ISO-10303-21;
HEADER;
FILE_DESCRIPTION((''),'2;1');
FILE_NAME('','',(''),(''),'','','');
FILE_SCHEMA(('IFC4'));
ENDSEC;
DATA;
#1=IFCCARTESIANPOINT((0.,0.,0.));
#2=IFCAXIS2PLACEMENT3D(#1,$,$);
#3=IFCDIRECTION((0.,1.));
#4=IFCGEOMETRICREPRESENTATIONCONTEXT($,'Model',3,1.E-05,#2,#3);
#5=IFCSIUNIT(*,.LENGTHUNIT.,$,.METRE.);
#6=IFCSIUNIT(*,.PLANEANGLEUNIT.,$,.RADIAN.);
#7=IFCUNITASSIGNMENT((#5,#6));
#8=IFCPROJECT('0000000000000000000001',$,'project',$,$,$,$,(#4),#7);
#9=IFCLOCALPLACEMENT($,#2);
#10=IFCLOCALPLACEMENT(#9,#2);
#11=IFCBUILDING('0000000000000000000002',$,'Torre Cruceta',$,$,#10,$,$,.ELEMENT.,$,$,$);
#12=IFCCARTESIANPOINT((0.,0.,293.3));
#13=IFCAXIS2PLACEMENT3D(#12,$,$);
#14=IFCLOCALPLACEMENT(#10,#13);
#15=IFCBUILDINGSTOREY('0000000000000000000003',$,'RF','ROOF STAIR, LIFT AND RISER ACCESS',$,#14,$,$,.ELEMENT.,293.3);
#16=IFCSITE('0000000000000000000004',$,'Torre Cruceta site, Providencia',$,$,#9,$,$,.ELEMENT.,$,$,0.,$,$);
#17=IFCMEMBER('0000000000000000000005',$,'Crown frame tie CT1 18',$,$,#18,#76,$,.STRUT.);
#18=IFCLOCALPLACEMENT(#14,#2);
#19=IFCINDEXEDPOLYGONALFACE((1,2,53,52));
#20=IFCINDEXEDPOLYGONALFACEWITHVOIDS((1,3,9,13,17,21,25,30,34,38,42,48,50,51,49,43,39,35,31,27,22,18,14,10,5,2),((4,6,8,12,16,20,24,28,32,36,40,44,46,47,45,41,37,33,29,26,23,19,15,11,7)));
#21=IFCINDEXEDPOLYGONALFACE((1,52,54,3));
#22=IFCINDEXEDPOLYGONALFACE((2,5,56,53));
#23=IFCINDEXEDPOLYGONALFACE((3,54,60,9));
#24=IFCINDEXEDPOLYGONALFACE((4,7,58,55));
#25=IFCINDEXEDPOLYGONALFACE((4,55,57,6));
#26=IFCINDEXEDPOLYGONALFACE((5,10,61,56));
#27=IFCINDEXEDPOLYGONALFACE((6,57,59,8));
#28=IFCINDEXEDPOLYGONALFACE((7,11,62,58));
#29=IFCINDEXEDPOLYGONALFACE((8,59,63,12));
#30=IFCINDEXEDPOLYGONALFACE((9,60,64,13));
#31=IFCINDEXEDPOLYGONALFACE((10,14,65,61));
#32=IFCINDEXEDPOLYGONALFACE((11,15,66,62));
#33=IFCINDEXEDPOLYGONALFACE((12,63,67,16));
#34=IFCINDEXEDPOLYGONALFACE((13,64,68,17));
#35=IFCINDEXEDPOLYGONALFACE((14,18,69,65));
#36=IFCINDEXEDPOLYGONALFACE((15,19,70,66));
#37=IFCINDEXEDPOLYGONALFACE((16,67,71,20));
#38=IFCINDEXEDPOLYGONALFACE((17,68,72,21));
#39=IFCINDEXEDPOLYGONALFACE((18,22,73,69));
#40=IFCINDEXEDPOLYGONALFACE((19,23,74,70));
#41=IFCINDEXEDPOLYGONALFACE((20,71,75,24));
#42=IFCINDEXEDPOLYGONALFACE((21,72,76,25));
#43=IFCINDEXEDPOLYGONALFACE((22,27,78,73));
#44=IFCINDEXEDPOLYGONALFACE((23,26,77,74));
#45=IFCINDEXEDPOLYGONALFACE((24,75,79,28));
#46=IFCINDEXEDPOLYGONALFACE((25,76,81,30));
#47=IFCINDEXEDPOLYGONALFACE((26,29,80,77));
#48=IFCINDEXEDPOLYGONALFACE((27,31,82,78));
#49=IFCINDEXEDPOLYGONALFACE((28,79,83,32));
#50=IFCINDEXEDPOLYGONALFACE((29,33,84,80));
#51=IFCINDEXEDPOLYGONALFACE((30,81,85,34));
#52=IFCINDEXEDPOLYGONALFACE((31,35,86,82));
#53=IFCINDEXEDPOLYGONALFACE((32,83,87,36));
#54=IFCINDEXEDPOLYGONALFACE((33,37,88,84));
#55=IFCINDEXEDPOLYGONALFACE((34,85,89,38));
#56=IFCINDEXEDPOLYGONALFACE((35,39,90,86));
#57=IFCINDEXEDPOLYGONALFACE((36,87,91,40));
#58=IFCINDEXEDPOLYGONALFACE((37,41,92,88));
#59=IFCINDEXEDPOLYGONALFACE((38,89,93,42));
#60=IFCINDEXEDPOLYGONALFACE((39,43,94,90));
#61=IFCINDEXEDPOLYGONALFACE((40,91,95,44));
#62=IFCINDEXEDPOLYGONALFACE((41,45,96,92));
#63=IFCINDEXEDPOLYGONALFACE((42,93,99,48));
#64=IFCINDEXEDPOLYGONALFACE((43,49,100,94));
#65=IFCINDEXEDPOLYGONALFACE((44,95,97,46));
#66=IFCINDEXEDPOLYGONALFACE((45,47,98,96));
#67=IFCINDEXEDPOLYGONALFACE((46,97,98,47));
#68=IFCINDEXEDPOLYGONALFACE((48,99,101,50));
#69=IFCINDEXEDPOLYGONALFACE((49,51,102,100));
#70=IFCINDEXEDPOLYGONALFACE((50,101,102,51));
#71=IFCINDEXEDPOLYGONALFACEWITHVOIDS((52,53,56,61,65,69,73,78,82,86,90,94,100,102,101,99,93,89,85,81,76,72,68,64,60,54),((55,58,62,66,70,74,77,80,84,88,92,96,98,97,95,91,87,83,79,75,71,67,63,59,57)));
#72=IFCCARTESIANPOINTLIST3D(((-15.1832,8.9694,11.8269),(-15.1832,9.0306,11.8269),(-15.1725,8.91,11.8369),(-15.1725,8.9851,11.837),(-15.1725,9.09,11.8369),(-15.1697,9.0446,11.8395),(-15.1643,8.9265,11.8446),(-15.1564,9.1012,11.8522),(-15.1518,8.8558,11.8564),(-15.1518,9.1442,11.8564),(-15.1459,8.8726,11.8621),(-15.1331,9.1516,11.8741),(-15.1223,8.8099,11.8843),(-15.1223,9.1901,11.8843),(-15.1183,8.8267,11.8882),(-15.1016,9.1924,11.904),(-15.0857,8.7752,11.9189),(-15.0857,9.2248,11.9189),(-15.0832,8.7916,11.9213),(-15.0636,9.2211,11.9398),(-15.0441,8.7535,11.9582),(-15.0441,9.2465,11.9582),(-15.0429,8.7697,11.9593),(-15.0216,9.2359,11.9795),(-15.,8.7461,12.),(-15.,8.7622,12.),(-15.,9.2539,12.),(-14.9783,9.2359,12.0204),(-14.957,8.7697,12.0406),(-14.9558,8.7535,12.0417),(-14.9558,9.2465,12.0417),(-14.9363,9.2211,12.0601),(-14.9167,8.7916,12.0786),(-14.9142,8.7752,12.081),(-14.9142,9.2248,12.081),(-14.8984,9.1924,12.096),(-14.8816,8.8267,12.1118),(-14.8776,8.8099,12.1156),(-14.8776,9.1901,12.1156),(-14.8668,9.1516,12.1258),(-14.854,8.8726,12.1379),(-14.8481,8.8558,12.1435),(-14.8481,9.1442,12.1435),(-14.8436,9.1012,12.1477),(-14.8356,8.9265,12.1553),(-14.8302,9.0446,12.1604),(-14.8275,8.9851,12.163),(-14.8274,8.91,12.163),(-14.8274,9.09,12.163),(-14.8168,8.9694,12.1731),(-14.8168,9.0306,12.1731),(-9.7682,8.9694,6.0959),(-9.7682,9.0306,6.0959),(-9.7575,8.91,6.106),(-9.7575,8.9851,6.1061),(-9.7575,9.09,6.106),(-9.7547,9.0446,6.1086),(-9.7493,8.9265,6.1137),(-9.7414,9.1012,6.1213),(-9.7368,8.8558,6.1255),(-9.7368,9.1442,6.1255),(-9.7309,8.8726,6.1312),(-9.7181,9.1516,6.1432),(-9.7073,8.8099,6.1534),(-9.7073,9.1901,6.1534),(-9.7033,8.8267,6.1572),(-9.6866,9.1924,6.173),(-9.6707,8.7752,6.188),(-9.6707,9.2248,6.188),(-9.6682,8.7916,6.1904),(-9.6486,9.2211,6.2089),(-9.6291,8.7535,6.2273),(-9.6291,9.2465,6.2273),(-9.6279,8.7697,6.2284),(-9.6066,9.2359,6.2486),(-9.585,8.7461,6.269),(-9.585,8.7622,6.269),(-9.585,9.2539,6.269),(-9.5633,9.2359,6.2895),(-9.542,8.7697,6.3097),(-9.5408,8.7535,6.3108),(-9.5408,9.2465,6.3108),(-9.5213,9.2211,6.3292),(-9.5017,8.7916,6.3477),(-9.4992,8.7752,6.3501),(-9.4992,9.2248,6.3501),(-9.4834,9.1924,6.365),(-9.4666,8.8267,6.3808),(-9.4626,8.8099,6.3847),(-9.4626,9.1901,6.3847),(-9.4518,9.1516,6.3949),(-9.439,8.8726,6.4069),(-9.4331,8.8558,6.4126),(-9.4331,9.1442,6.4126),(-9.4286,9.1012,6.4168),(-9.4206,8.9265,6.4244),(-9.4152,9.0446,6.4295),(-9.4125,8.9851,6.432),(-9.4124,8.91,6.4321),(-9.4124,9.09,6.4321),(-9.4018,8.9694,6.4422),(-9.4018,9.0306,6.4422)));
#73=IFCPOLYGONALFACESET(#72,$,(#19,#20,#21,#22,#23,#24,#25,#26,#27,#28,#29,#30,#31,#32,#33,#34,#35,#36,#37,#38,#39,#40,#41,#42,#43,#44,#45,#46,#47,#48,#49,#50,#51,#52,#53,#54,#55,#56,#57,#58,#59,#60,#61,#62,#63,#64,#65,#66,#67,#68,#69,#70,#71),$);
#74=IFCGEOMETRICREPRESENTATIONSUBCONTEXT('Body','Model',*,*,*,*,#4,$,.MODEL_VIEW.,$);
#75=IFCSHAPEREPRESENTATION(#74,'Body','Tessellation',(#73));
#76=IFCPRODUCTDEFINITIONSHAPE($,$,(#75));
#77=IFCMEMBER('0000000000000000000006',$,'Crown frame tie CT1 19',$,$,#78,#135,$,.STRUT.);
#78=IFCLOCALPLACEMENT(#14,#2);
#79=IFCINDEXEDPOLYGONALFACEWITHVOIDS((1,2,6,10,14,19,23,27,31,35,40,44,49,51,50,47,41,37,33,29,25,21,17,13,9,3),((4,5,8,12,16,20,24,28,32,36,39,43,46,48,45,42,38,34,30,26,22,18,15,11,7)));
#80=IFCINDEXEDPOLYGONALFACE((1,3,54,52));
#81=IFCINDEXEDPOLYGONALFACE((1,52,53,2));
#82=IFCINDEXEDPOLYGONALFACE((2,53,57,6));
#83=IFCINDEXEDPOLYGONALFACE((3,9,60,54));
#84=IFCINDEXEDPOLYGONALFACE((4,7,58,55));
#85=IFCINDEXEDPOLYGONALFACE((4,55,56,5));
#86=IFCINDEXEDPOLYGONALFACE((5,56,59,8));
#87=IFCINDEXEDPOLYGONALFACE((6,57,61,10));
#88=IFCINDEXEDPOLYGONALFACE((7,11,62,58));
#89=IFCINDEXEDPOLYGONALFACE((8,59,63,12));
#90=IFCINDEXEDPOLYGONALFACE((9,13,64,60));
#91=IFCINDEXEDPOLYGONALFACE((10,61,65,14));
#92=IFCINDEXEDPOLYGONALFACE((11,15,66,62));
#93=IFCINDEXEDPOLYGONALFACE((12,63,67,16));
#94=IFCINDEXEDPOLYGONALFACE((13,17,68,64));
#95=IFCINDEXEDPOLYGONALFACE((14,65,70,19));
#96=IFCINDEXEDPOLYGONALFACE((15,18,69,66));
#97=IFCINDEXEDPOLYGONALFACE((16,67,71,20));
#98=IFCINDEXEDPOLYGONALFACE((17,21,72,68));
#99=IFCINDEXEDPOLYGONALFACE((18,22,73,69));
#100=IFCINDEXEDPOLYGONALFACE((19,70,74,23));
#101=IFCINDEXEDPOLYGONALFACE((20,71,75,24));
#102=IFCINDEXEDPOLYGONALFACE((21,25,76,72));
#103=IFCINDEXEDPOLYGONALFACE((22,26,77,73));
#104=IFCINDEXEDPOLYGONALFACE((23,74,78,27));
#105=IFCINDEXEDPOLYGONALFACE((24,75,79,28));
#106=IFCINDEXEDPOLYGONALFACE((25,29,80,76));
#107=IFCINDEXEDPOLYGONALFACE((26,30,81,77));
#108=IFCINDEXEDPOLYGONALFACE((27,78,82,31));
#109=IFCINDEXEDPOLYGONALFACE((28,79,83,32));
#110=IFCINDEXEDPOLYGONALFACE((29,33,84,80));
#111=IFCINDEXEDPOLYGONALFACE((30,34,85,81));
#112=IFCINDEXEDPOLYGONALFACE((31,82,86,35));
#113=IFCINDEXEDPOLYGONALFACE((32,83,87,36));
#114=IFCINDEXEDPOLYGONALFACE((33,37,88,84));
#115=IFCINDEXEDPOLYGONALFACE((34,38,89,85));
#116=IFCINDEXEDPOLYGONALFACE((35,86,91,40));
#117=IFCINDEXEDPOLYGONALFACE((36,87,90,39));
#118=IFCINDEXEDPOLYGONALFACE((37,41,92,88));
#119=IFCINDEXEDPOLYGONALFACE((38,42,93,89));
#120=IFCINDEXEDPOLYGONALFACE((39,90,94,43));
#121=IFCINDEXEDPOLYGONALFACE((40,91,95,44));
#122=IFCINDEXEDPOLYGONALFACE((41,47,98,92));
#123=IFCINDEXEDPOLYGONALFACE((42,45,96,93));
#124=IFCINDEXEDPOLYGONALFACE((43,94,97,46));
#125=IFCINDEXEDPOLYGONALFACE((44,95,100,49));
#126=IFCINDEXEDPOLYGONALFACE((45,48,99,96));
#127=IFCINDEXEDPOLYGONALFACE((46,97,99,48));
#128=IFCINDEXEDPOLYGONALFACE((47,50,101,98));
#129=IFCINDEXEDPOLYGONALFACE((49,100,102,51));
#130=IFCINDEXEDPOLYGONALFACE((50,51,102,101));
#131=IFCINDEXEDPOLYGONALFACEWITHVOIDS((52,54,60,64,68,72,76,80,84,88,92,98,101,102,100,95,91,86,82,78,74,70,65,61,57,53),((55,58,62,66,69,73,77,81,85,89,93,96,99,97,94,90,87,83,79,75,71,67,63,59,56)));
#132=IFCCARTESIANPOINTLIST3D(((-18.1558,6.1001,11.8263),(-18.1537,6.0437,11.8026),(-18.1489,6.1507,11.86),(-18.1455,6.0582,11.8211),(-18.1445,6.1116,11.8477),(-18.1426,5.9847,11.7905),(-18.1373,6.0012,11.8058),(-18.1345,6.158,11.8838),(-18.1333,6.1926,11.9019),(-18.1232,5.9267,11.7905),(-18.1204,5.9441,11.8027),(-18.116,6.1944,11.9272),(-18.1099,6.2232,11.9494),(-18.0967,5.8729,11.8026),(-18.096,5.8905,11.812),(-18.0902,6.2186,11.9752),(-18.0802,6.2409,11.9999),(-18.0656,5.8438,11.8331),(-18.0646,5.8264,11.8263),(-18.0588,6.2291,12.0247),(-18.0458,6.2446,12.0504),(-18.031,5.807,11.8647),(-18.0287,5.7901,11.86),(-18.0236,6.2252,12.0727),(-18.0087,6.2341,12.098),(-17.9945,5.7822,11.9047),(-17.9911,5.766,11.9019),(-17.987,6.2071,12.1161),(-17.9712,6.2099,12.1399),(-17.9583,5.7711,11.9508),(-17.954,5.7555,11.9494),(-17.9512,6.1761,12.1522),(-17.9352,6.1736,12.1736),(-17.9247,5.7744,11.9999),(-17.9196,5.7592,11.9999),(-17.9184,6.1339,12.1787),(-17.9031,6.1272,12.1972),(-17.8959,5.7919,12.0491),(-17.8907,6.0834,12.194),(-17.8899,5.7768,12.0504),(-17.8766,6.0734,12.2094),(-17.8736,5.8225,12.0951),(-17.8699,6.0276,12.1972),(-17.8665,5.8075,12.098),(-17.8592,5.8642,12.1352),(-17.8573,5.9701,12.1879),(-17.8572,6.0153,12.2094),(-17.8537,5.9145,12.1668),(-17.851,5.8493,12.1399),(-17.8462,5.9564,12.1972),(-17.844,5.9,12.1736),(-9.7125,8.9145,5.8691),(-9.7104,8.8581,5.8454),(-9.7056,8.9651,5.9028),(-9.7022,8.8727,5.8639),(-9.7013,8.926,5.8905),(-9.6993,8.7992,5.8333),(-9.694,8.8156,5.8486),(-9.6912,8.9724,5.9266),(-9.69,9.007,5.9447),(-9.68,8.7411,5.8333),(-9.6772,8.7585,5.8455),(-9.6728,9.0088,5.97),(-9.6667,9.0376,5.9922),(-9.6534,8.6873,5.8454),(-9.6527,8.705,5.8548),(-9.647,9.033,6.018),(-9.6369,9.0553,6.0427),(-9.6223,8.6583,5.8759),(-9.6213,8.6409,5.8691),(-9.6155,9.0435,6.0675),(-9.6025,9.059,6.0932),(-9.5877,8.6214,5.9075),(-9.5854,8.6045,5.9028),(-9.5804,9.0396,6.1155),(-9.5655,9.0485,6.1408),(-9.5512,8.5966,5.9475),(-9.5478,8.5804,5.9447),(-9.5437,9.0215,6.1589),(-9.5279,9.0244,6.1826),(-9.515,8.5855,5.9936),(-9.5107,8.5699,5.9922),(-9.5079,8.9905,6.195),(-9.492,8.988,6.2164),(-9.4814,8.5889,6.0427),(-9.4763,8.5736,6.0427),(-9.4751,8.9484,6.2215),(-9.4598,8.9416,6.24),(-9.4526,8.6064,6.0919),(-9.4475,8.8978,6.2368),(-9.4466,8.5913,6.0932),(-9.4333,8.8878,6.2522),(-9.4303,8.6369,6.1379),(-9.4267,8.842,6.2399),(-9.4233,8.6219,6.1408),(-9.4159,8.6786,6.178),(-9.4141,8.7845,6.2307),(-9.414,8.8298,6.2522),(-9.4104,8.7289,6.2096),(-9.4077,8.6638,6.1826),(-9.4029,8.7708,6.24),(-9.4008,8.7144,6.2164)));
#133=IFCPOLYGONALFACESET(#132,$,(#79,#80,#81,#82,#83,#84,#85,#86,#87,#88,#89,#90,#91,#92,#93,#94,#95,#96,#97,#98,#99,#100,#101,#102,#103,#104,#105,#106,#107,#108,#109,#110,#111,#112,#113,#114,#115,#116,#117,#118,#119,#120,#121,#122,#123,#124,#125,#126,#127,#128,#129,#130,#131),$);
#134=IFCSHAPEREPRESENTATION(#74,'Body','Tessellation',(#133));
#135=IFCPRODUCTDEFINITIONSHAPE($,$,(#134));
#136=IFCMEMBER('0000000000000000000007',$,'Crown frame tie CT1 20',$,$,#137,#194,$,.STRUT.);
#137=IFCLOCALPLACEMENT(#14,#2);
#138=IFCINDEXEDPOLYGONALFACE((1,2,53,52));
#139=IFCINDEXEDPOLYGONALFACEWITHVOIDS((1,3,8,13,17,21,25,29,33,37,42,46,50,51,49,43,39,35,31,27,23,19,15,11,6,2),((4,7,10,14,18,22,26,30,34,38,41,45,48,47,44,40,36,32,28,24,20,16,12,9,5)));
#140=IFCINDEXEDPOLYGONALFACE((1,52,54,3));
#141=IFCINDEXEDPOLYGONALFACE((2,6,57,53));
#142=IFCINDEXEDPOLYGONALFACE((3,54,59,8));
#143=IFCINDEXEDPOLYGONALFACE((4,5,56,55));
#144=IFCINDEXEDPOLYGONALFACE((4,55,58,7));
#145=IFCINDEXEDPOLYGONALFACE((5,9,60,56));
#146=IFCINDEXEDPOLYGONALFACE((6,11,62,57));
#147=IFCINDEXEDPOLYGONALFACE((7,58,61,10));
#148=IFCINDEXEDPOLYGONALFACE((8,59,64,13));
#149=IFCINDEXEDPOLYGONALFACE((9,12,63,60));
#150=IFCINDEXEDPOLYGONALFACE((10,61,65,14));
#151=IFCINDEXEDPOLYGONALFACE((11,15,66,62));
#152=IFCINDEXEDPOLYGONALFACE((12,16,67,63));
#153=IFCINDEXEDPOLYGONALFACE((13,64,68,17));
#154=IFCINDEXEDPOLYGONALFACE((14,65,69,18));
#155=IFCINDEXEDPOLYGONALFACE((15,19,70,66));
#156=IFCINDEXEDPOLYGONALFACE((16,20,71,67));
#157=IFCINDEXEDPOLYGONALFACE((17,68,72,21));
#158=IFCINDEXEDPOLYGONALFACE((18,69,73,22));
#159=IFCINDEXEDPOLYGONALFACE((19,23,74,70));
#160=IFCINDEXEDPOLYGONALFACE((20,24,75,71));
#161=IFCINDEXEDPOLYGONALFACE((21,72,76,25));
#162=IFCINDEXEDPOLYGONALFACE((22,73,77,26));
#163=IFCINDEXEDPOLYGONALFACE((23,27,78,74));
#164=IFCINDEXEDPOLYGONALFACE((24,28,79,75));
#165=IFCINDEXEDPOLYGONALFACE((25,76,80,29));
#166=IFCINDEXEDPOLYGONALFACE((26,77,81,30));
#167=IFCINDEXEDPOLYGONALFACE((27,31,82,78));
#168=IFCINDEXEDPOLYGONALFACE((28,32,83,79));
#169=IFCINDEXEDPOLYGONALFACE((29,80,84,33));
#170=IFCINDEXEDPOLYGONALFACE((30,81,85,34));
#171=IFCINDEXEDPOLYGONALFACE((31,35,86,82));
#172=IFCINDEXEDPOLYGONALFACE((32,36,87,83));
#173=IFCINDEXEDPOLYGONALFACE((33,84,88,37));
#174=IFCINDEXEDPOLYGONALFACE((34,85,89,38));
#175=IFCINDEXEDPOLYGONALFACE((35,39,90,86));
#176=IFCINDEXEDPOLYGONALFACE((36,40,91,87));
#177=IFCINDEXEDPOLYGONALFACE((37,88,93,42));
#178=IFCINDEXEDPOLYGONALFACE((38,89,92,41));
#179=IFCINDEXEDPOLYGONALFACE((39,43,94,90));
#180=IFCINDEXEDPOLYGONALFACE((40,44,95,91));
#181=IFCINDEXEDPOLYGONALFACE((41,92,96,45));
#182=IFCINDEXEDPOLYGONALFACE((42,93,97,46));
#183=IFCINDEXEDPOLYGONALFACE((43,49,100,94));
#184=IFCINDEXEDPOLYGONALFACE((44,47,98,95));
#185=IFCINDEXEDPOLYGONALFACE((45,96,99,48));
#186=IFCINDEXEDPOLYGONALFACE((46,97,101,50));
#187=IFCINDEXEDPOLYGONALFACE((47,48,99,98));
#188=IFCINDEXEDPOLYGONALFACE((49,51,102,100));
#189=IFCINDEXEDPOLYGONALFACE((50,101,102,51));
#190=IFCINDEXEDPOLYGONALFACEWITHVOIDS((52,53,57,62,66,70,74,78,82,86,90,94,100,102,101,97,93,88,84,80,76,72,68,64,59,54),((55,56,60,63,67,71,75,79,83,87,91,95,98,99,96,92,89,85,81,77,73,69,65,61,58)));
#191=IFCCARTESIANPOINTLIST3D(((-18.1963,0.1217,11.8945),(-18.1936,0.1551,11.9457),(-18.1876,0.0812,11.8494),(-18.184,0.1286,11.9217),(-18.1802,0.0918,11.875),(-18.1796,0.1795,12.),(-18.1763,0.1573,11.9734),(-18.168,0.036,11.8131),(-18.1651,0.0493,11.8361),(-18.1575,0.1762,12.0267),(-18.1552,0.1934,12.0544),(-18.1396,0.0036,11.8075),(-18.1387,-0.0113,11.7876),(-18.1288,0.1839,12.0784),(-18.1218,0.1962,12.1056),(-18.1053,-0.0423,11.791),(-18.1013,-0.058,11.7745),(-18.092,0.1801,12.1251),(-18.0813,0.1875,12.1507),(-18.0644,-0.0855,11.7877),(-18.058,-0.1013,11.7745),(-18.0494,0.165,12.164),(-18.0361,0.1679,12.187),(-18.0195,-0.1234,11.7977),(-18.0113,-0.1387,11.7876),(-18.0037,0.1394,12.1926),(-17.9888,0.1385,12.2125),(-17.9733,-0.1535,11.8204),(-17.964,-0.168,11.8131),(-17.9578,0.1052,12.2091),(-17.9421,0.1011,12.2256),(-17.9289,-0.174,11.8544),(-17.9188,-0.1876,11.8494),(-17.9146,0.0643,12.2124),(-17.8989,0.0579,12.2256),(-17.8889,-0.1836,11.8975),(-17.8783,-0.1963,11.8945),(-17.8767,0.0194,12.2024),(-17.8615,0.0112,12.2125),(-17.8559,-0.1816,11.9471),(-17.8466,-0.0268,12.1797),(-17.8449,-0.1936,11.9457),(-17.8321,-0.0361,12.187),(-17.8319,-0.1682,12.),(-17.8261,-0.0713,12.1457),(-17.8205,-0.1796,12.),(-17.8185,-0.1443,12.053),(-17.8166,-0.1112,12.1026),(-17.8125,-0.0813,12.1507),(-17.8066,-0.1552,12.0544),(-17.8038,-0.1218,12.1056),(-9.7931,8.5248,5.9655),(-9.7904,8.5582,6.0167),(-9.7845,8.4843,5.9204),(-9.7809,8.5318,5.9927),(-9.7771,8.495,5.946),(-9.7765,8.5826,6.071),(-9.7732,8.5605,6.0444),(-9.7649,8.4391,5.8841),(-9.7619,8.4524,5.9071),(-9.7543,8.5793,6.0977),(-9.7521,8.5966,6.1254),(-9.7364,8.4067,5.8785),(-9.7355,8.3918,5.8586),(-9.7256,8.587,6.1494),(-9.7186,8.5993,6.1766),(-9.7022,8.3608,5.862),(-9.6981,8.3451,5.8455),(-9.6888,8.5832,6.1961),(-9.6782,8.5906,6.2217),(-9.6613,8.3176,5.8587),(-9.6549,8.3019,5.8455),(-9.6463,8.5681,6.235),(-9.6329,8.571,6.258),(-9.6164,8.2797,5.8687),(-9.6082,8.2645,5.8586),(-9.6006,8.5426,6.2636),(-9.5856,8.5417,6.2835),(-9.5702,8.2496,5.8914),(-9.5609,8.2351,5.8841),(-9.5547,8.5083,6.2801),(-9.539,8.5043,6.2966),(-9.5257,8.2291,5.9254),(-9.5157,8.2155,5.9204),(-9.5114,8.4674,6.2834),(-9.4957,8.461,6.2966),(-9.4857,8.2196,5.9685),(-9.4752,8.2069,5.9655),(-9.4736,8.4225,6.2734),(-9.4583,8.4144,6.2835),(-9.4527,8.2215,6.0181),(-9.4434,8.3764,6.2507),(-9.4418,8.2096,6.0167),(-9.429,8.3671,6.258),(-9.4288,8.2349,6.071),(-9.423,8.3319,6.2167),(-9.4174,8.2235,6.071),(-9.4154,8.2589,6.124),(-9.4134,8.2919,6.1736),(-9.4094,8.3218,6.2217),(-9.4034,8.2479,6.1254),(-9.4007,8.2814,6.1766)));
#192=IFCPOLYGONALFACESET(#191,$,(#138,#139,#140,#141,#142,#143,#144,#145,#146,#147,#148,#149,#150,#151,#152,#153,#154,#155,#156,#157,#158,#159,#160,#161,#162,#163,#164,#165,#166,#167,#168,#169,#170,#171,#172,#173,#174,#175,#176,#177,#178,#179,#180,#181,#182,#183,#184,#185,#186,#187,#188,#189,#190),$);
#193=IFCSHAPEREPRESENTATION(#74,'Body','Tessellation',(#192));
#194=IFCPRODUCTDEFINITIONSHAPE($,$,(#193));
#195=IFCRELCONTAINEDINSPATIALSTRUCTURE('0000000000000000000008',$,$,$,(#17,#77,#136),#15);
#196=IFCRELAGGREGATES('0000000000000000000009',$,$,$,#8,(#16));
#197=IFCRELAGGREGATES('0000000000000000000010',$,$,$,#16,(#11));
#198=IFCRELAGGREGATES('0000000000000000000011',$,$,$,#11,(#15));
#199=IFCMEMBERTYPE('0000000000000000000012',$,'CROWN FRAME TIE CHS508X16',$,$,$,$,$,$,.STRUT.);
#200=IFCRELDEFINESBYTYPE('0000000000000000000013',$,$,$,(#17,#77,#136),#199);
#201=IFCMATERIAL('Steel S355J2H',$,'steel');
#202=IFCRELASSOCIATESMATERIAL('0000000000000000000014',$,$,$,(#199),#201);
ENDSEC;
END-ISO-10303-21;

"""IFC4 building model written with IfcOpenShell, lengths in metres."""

from ifc_helpers import new_model, si_unit, direction, frame, origin, origin_2d, place, context, subcontext, project, spatial, hollow_circle, extrude, material, material_profile, profile_set, type_object, element, save


model = new_model("IFC4")

# Units and contexts
model_context = context("Model", 3, precision=1e-05, world=origin(), true_north=direction((0.0, 1.0)))
body_context = subcontext(model_context, "Body", "Model", "MODEL_VIEW")
ifc_project = project(units=[si_unit("LENGTHUNIT", "METRE"), si_unit("PLANEANGLEUNIT", "RADIAN")], contexts=[model_context])

# Site, building, storey
site_placement = place(None, origin())
site = spatial("IfcSite", under=ifc_project, at=site_placement, Name="Torre Cruceta site, Providencia", CompositionType="ELEMENT", RefElevation=0.0)
building_placement = place(site_placement, origin())
building = spatial("IfcBuilding", under=site, at=building_placement, Name="Torre Cruceta", CompositionType="ELEMENT")
storey_placement = place(building_placement, frame((0.0, 0.0, 293.3)))
storey = spatial("IfcBuildingStorey", under=building, at=storey_placement, Name="RF", Description="ROOF STAIR, LIFT AND RISER ACCESS", CompositionType="ELEMENT", Elevation=293.3)

# Members
ifc_material_1 = material(Name="Steel S355J2H", Category="steel")
ifc_material_profile_1 = material_profile(ifc_material_1, hollow_circle(Radius=0.2539, WallThickness=0.0161, at=origin_2d()), Name="CHS508X16")
ifc_profile_set_1 = profile_set([ifc_material_profile_1], Name="Steel S355J2H")
member_type_1 = type_object("IfcMemberType", Name="CROWN FRAME TIE CHS508X16", PredefinedType="STRUT", material=ifc_profile_set_1)
for number, where, z_axis, x_axis, name in (
    (1, (-9.585, 9.0, 6.269), (-0.686789, 0.0, 0.726857), (0.0, -1.0, 0.0), "Crown frame tie CT1 18"),
):
    element("IfcMember", number, at=place(storey_placement, frame(where, z_axis=z_axis, x_axis=x_axis)), inside=storey, type_object=member_type_1, Name=name, PredefinedType="STRUT", context=body_context, shape_type="SweptSolid", body=[
        extrude(hollow_circle(Radius=0.2539, WallThickness=0.0161, at=origin_2d()), origin(), (0.0, 0.0, 1.0), 7.8845),
    ])
member_1_placement = place(storey_placement, frame((-9.5566, 8.8145, 6.0427), z_axis=(-0.788374, -0.262791, 0.556243), x_axis=(0.316228, -0.948683, 0.0)))
element("IfcMember", 2, at=member_1_placement, inside=storey, type_object=member_type_1, Name="Crown frame tie CT1 19", PredefinedType="STRUT", context=body_context, shape_type="SweptSolid", body=[
    extrude(hollow_circle(Radius=0.2539, WallThickness=0.0161, at=origin_2d()), origin(), (0.0, 0.0, 1.0), 10.7097),
])
member_2_placement = place(storey_placement, frame((-9.5969, 8.4031, 6.071), z_axis=(-0.63273, -0.63273, 0.446435), x_axis=(0.707107, -0.707107, 0.0)))
element("IfcMember", 3, at=member_2_placement, inside=storey, type_object=member_type_1, Name="Crown frame tie CT1 20", PredefinedType="STRUT", context=body_context, shape_type="SweptSolid", body=[
    extrude(hollow_circle(Radius=0.2539, WallThickness=0.0161, at=origin_2d()), origin(), (0.0, 0.0, 1.0), 13.2808),
])

save(model, "model.ifc")
